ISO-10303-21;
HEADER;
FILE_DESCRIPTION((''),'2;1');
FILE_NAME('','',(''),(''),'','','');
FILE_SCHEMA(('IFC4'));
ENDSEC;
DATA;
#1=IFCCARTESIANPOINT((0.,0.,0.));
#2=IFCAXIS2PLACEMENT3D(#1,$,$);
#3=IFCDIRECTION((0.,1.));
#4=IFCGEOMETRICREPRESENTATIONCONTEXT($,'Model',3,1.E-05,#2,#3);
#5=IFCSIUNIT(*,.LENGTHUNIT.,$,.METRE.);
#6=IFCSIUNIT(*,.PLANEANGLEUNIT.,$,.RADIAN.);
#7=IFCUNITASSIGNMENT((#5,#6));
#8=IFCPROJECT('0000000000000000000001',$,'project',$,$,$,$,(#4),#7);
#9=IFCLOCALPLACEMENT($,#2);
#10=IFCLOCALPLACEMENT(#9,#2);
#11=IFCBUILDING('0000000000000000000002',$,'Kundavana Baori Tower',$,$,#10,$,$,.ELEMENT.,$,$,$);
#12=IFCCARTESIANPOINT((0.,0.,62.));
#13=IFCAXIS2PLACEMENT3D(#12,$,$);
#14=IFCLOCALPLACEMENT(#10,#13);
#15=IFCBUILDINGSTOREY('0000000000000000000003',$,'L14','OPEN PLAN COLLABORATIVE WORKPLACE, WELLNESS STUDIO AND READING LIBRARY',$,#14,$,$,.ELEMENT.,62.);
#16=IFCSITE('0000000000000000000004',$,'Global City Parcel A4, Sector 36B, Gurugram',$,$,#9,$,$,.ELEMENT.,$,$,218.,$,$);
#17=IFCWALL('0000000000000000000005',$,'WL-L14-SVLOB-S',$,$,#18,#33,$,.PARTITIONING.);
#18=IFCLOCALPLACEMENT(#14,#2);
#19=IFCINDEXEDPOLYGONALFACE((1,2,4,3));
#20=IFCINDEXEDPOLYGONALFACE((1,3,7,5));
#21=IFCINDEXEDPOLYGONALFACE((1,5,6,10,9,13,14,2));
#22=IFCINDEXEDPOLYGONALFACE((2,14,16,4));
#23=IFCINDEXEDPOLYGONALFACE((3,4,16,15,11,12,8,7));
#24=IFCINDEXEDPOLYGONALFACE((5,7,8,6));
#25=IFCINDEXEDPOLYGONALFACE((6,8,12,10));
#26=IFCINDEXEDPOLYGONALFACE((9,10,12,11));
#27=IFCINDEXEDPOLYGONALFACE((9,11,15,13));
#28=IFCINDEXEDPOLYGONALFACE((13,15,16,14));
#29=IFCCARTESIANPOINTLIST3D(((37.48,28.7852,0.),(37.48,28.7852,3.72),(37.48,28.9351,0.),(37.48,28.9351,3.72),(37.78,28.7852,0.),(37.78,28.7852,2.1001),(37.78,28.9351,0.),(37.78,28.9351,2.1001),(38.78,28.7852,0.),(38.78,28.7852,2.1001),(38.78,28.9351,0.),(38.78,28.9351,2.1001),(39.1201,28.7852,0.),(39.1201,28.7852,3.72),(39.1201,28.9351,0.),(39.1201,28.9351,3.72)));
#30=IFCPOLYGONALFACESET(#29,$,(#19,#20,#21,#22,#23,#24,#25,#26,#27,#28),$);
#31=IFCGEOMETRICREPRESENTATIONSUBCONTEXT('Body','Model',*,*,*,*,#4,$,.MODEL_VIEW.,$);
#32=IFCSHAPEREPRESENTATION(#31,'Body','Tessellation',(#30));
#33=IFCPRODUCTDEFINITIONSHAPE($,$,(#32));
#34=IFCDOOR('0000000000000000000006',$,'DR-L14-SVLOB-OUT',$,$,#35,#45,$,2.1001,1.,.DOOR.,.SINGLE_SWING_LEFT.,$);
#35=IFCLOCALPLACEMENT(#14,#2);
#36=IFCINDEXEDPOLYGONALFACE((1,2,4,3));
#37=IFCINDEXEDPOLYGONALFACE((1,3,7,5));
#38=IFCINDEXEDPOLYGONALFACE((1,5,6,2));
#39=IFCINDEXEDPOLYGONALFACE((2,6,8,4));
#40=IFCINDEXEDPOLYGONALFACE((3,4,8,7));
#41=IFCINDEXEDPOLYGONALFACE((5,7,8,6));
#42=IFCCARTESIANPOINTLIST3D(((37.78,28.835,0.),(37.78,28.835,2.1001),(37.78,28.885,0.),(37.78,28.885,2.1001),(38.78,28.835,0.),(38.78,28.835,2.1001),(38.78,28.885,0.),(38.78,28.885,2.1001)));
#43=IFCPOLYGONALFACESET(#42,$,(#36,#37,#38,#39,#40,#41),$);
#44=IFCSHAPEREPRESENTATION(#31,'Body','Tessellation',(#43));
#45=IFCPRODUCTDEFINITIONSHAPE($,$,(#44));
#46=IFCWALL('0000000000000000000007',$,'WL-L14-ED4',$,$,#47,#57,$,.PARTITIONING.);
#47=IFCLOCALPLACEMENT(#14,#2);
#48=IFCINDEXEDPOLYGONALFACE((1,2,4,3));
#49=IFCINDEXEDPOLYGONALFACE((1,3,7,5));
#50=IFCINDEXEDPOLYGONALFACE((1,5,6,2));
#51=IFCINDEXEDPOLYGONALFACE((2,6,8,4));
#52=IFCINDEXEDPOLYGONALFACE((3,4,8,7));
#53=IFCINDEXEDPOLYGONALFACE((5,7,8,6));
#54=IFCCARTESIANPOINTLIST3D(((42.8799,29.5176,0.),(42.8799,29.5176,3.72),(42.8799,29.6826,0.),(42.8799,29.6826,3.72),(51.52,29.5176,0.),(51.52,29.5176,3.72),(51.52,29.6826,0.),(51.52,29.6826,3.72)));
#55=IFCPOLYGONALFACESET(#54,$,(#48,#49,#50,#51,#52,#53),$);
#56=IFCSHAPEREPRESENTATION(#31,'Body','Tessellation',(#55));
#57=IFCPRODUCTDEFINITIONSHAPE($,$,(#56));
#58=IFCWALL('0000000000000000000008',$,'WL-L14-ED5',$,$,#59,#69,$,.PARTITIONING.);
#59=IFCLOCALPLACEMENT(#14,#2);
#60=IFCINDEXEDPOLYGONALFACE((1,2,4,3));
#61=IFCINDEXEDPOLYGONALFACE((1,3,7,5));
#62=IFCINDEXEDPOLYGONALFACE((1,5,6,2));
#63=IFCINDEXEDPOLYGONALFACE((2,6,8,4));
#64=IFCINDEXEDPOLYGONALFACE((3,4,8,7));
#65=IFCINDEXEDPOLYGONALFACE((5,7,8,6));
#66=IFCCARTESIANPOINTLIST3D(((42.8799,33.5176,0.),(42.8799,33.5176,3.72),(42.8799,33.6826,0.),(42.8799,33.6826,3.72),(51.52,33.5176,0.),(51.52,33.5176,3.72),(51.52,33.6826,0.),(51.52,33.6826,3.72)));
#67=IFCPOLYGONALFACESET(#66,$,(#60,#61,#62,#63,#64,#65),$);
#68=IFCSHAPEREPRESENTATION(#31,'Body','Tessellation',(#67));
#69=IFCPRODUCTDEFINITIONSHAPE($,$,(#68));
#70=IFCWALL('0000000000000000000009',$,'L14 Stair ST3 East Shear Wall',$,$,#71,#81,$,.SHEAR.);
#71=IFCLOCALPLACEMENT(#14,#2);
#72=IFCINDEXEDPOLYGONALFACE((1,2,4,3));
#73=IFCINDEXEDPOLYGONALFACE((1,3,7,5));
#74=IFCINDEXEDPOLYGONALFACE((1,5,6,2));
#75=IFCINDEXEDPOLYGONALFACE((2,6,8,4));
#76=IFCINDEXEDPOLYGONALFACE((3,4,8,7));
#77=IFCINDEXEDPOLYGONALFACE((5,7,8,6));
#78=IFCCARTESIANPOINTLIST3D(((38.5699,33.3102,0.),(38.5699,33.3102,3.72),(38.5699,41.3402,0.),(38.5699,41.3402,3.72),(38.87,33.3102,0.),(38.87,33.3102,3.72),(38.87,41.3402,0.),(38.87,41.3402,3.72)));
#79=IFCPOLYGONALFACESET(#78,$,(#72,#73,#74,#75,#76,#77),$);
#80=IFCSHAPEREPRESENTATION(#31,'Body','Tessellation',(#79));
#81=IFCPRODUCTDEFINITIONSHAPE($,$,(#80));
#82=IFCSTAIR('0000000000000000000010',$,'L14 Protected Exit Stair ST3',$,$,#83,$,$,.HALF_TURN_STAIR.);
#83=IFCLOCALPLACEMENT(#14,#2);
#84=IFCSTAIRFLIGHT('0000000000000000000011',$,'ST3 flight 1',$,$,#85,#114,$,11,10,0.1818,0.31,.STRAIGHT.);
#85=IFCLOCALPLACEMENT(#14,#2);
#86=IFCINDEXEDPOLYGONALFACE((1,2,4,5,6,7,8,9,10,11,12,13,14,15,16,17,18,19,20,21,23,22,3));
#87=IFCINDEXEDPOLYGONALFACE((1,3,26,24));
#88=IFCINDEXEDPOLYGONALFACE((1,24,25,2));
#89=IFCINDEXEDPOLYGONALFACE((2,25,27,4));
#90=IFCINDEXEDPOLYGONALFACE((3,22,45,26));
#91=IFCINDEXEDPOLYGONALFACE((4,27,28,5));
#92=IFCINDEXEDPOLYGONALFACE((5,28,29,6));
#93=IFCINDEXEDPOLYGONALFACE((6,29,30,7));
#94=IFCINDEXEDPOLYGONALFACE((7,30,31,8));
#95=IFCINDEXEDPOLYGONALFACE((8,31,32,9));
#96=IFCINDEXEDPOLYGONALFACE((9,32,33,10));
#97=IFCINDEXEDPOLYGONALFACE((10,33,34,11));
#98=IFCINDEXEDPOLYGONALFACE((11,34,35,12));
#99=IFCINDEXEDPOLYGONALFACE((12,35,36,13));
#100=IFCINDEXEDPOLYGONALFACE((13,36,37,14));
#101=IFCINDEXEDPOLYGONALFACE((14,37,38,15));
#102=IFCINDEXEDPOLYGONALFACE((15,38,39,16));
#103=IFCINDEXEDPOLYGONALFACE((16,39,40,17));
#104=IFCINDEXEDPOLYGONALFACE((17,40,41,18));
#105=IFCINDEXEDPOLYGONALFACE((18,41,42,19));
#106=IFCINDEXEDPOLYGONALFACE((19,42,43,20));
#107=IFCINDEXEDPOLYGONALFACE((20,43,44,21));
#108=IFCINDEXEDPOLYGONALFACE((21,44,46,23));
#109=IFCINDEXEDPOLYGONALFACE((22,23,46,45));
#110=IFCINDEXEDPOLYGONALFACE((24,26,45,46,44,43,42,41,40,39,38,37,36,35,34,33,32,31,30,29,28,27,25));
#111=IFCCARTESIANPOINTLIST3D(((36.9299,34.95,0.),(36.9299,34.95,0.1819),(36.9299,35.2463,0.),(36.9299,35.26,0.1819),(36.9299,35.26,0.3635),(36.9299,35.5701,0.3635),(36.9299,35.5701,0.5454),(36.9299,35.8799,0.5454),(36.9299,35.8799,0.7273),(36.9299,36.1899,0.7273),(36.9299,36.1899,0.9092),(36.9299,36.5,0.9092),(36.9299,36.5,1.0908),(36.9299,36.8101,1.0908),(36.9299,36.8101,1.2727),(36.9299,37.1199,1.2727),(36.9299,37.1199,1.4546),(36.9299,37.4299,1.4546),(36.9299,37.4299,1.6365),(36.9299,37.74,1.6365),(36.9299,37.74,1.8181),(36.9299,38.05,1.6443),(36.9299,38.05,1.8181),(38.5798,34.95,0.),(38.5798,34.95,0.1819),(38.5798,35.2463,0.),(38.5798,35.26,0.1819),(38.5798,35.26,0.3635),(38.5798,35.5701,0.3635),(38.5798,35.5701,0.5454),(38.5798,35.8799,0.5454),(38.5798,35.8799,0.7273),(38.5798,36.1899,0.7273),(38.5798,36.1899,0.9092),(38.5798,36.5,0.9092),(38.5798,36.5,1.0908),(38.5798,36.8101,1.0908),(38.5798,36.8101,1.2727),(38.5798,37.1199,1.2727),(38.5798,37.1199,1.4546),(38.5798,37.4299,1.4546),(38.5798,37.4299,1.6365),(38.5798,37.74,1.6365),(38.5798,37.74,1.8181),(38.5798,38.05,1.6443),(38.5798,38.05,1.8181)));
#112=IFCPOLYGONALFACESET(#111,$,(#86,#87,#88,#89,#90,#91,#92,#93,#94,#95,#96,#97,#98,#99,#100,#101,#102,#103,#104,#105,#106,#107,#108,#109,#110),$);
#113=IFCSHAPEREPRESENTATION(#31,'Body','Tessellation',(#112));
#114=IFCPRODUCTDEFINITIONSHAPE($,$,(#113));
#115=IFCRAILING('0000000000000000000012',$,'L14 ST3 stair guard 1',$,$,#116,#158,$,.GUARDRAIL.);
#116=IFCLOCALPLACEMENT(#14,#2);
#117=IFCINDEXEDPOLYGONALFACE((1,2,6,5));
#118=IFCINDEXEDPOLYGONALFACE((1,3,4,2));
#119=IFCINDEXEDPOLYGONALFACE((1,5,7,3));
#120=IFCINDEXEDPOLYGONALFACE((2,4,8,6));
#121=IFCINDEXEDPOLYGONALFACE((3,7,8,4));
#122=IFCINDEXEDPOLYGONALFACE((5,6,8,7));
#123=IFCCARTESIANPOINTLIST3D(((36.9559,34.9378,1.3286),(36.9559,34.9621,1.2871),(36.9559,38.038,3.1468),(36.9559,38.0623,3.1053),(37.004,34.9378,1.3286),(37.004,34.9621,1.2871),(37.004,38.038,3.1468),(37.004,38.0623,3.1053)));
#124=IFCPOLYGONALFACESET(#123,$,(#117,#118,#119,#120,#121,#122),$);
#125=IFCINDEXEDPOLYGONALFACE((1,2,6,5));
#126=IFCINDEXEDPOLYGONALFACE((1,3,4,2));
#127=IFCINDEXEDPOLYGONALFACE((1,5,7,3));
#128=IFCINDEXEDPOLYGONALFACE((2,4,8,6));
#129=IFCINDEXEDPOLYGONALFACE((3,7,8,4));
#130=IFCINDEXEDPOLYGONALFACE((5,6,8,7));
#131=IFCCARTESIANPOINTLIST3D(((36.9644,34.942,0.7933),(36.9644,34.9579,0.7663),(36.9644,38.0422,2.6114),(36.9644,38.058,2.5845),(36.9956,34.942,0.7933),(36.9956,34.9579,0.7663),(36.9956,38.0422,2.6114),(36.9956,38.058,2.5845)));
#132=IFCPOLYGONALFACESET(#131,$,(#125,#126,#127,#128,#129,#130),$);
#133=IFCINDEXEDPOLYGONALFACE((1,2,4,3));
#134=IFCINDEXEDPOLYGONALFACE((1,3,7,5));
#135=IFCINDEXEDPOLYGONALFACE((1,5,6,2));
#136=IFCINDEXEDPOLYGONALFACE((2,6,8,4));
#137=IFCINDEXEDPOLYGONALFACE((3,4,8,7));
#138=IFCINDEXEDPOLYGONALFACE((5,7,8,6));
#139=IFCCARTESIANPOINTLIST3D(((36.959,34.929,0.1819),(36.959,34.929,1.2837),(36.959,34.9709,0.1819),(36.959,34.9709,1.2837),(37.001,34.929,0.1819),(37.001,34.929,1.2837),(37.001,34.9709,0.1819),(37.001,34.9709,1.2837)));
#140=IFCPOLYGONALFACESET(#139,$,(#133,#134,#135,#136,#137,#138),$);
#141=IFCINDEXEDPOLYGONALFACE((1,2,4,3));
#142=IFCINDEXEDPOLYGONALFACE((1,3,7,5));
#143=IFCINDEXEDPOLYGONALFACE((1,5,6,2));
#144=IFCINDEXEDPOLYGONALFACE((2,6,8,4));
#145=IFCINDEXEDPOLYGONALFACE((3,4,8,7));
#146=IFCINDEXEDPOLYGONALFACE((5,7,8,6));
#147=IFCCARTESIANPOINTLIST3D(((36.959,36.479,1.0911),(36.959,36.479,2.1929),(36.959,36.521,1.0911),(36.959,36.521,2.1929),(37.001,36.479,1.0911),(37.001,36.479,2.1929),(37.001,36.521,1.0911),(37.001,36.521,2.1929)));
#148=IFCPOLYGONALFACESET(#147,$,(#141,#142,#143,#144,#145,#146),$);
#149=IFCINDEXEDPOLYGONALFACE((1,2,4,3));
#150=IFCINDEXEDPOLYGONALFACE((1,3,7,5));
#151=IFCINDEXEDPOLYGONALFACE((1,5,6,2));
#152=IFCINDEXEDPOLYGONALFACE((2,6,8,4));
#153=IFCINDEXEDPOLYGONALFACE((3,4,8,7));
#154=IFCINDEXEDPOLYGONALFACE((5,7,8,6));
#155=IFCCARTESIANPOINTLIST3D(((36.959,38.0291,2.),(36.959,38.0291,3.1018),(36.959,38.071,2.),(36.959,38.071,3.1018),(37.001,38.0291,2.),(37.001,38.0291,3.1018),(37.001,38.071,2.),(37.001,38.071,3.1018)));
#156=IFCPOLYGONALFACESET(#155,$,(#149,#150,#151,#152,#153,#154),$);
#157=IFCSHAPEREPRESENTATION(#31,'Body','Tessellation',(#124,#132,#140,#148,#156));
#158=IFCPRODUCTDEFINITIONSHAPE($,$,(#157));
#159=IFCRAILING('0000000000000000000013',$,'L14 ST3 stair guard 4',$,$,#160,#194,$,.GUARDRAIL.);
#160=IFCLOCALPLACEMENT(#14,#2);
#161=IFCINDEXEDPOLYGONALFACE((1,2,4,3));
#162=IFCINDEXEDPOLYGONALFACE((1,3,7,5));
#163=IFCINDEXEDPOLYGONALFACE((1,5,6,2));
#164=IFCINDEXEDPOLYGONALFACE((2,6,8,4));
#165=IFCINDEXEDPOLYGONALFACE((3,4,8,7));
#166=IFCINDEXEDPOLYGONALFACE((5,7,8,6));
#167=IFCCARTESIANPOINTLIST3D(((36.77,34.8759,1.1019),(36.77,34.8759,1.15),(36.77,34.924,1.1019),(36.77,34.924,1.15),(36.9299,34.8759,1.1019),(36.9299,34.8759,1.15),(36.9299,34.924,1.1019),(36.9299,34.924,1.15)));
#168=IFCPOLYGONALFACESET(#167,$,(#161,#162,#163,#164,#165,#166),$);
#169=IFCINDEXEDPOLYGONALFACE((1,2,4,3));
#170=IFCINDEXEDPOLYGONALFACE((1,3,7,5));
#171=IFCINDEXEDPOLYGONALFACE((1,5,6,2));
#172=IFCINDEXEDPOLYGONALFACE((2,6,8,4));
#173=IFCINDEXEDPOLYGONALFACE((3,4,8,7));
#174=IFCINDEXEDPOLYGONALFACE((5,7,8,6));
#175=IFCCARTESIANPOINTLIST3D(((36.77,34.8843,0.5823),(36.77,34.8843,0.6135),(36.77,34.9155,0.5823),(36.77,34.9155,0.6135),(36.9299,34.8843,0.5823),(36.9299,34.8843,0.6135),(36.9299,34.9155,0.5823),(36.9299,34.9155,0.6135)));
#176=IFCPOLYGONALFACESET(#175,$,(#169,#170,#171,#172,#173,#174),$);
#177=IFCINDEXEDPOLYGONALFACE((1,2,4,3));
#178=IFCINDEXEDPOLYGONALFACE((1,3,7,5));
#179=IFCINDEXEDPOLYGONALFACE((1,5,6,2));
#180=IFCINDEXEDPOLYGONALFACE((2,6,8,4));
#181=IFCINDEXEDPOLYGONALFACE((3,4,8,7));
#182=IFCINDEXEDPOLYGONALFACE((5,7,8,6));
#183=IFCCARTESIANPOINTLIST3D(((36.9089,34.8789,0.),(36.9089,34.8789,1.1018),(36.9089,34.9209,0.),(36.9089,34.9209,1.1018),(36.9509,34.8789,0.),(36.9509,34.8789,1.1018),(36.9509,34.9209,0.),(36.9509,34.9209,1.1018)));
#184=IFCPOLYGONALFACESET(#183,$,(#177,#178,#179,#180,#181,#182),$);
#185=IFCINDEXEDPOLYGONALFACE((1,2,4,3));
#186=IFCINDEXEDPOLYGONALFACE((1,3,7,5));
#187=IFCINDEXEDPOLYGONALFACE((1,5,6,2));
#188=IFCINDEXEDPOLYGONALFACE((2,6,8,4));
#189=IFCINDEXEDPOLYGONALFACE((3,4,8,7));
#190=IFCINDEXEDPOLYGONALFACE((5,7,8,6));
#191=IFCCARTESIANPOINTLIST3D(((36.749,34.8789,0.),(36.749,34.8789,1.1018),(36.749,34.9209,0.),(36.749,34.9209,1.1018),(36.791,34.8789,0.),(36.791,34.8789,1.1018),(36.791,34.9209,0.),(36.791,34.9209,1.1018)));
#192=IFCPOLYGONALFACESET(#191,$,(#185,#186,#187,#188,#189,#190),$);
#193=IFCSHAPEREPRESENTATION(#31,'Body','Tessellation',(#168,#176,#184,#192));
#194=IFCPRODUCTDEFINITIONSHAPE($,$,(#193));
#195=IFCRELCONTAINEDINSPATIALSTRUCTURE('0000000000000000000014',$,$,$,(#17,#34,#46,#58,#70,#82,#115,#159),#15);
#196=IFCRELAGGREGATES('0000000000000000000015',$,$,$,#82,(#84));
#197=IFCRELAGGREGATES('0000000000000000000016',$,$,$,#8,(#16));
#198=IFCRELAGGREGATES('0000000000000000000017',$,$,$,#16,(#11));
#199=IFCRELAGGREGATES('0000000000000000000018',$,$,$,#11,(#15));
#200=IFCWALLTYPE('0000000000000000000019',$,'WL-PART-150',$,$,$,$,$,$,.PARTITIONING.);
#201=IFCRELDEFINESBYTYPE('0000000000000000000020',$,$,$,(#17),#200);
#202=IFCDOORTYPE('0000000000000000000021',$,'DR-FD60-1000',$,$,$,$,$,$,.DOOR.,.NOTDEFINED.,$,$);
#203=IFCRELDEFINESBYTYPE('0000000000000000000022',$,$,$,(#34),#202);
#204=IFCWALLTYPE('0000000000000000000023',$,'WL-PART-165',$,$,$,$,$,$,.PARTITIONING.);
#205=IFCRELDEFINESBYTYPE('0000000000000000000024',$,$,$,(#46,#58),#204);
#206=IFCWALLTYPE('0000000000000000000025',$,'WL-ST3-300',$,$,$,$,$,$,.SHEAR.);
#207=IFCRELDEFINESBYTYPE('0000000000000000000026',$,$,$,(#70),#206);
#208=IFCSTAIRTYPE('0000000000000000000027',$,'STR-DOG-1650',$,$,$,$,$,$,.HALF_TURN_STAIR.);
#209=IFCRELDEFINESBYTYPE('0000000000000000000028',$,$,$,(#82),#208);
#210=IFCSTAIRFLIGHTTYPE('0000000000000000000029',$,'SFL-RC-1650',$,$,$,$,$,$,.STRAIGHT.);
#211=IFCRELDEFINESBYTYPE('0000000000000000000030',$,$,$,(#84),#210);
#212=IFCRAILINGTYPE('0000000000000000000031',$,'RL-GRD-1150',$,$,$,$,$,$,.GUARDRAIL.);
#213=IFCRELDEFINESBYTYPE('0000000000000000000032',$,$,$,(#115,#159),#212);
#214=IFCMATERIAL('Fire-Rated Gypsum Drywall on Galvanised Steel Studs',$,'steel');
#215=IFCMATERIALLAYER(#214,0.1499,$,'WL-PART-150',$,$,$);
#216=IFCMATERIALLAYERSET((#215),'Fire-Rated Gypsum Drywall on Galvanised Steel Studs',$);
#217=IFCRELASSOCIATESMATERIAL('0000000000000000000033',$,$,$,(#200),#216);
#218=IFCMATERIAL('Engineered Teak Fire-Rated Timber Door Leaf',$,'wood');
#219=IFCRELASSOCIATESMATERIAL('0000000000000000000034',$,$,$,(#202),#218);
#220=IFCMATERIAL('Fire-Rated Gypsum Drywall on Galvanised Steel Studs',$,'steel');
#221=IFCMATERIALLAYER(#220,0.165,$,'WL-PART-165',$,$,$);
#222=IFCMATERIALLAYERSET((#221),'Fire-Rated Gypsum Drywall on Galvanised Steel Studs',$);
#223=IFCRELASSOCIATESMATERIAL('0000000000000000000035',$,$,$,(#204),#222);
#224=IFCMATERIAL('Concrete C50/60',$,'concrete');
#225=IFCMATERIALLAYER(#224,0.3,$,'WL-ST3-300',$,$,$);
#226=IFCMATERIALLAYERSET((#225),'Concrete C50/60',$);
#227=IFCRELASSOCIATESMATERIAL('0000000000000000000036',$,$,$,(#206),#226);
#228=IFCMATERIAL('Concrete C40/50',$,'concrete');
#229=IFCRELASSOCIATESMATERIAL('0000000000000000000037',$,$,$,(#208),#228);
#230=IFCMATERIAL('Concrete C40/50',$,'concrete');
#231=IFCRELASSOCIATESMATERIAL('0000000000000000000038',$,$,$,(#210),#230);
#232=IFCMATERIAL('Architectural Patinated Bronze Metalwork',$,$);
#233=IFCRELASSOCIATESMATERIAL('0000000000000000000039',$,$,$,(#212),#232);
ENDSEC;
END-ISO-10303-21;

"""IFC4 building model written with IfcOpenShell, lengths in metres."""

from ifc_helpers import new_model, si_unit, direction, frame, frame_2d, origin, origin_2d, place, context, subcontext, project, spatial, polyline, rectangle, outline, extrude, material, layer, layer_set, type_object, element, fill, aggregate, save


model = new_model("IFC4")

# Units and contexts
model_context = context("Model", 3, precision=1e-05, world=origin(), true_north=direction((0.0, 1.0)))
body_context = subcontext(model_context, "Body", "Model", "MODEL_VIEW")
ifc_project = project(units=[si_unit("LENGTHUNIT", "METRE"), si_unit("PLANEANGLEUNIT", "RADIAN")], contexts=[model_context])

# Site, building, storey
site_placement = place(None, origin())
site = spatial("IfcSite", under=ifc_project, at=site_placement, Name="Global City Parcel A4, Sector 36B, Gurugram", CompositionType="ELEMENT", RefElevation=218.0)
building_placement = place(site_placement, origin())
building = spatial("IfcBuilding", under=site, at=building_placement, Name="Kundavana Baori Tower", CompositionType="ELEMENT")
storey_placement = place(building_placement, frame((0.0, 0.0, 62.0)))
storey = spatial("IfcBuildingStorey", under=building, at=storey_placement, Name="L14", Description="OPEN PLAN COLLABORATIVE WORKPLACE, WELLNESS STUDIO AND READING LIBRARY", CompositionType="ELEMENT", Elevation=62.0)

# Shared definitions
ifc_material_1 = material(Name="Fire-Rated Gypsum Drywall on Galvanised Steel Studs", Category="steel")
ifc_layer_1 = layer(ifc_material_1, 0.1499, Name="WL-PART-150")
ifc_layer_set_1 = layer_set([ifc_layer_1], Name="Fire-Rated Gypsum Drywall on Galvanised Steel Studs")
wall_type_1 = type_object("IfcWallType", Name="WL-PART-150", PredefinedType="PARTITIONING", material=ifc_layer_set_1)

# Wall, opening, door
wall_1_placement = place(storey_placement, frame((37.48, 28.8601, 0.0), z_axis=(0.0, 0.0, 1.0), x_axis=(1.0, 0.0, 0.0)))
wall_1 = element("IfcWall", 1, at=wall_1_placement, inside=storey, type_object=wall_type_1, Name="WL-L14-SVLOB-S", PredefinedType="PARTITIONING", context=body_context, shape_type="SweptSolid", body=[
    extrude(rectangle(XDim=1.6401, YDim=0.1499, at=frame_2d((0.8201, 0.0))), origin(), (0.0, 0.0, 1.0), 3.72),
])
opening_1_placement = place(wall_1_placement, frame((0.3, 0.0, 0.0)))
opening_1 = element("IfcOpeningElement", 2, at=opening_1_placement, cuts=wall_1, PredefinedType="OPENING", context=body_context, shape_type="SweptSolid", body=[
    extrude(rectangle(XDim=1.0, YDim=2.1001, at=frame_2d((0.5, 1.05))), frame((0.0, 0.085, 0.0), z_axis=(0.0, -1.0, 0.0), x_axis=(1.0, 0.0, 0.0)), (0.0, 0.0, 1.0), 0.1699),
])
ifc_material_2 = material(Name="Engineered Teak Fire-Rated Timber Door Leaf", Category="wood")
door_type_1 = type_object("IfcDoorType", Name="DR-FD60-1000", OperationType="NOTDEFINED", PredefinedType="DOOR", material=ifc_material_2)
door_1_placement = place(opening_1_placement, origin())
door_1 = element("IfcDoor", 3, at=door_1_placement, inside=storey, type_object=door_type_1, Name="DR-L14-SVLOB-OUT", OperationType="SINGLE_SWING_LEFT", OverallHeight=2.1001, OverallWidth=1.0, PredefinedType="DOOR", context=body_context, shape_type="SweptSolid", body=[
    extrude(rectangle(XDim=1.0, YDim=2.1001, at=frame_2d((0.5, 1.05))), frame((0.0, 0.0249, 0.0), z_axis=(0.0, -1.0, 0.0), x_axis=(1.0, 0.0, 0.0)), (0.0, 0.0, 1.0), 0.05),
])
fill(opening_1, door_1)

# Walls
ifc_material_3 = material(Name="Fire-Rated Gypsum Drywall on Galvanised Steel Studs", Category="steel")
ifc_layer_2 = layer(ifc_material_3, 0.165, Name="WL-PART-165")
ifc_layer_set_2 = layer_set([ifc_layer_2], Name="Fire-Rated Gypsum Drywall on Galvanised Steel Studs")
wall_type_2 = type_object("IfcWallType", Name="WL-PART-165", PredefinedType="PARTITIONING", material=ifc_layer_set_2)
for number, where, z_axis, x_axis, name in (
    (4, (42.8799, 29.6001, 0.0), (0.0, 0.0, 1.0), (1.0, 0.0, 0.0), "WL-L14-ED4"),
    (5, (42.8799, 33.6001, 0.0), (0.0, 0.0, 1.0), (1.0, 0.0, 0.0), "WL-L14-ED5"),
):
    element("IfcWall", number, at=place(storey_placement, frame(where, z_axis=z_axis, x_axis=x_axis)), inside=storey, type_object=wall_type_2, Name=name, PredefinedType="PARTITIONING", context=body_context, shape_type="SweptSolid", body=[
        extrude(rectangle(XDim=8.6401, YDim=0.165, at=frame_2d((4.3201, 0.0))), origin(), (0.0, 0.0, 1.0), 3.72),
    ])

# Wall
ifc_material_4 = material(Name="Concrete C50/60", Category="concrete")
ifc_layer_3 = layer(ifc_material_4, 0.3, Name="WL-ST3-300")
ifc_layer_set_3 = layer_set([ifc_layer_3], Name="Concrete C50/60")
wall_type_3 = type_object("IfcWallType", Name="WL-ST3-300", PredefinedType="SHEAR", material=ifc_layer_set_3)
wall_2_placement = place(storey_placement, frame((38.72, 33.3101, 0.0), z_axis=(0.0, 0.0, 1.0), x_axis=(0.0, 1.0, 0.0)))
element("IfcWall", 6, at=wall_2_placement, inside=storey, type_object=wall_type_3, Name="L14 Stair ST3 East Shear Wall", PredefinedType="SHEAR", context=body_context, shape_type="SweptSolid", body=[
    extrude(rectangle(XDim=8.03, YDim=0.3, at=frame_2d((4.0151, 0.0))), origin(), (0.0, 0.0, 1.0), 3.72),
])

# Stair, stair flight
ifc_material_5 = material(Name="Concrete C40/50", Category="concrete")
stair_type = type_object("IfcStairType", Name="STR-DOG-1650", PredefinedType="HALF_TURN_STAIR", material=ifc_material_5)
stair_placement = place(storey_placement, origin())
stair = element("IfcStair", 7, at=stair_placement, inside=storey, type_object=stair_type, Name="L14 Protected Exit Stair ST3", PredefinedType="HALF_TURN_STAIR")
ifc_material_6 = material(Name="Concrete C40/50", Category="concrete")
stair_flight_type = type_object("IfcStairFlightType", Name="SFL-RC-1650", PredefinedType="STRAIGHT", material=ifc_material_6)
stair_flight_placement = place(storey_placement, frame((37.7549, 34.95, 0.0), z_axis=(0.0, 0.0, 1.0), x_axis=(0.0, 1.0, 0.0)))
stair_flight = element("IfcStairFlight", 8, at=stair_flight_placement, type_object=stair_flight_type, Name="ST3 flight 1", NumberOfRisers=11, NumberOfTreads=10, PredefinedType="STRAIGHT", RiserHeight=0.1818, TreadLength=0.31, context=body_context, shape_type="SweptSolid", body=[
    extrude(outline(polyline([(0.0, 0.0), (0.0, 0.1819), (0.3101, 0.1819), (0.3101, 0.3635), (0.6201, 0.3635), (0.6201, 0.5454), (0.9299, 0.5454), (0.9299, 0.7273), (1.24, 0.7273), (1.24, 0.9092), (1.55, 0.9092), (1.55, 1.0908), (1.8601, 1.0908), (1.8601, 1.2727), (2.1699, 1.2727), (2.1699, 1.4546), (2.48, 1.4546), (2.48, 1.6365), (2.79, 1.6365), (2.79, 1.8181), (3.1001, 1.8181), (3.1001, 2.0), (3.1001, 1.6443), (0.2964, 0.0), (0.0, 0.0)])), frame((0.0, 0.825, 0.0), z_axis=(0.0, -1.0, 0.0), x_axis=(1.0, 0.0, 0.0)), (0.0, 0.0, 1.0), 1.6499),
])
aggregate(stair, [stair_flight])

# Railings
ifc_material_7 = material(Name="Architectural Patinated Bronze Metalwork")
railing_type = type_object("IfcRailingType", Name="RL-GRD-1150", PredefinedType="GUARDRAIL", material=ifc_material_7)
railing_1_placement = place(storey_placement, frame((36.98, 34.95, 0.1819)))
element("IfcRailing", 9, at=railing_1_placement, inside=storey, type_object=railing_type, Name="L14 ST3 stair guard 1", PredefinedType="GUARDRAIL", context=body_context, shape_type="SweptSolid", body=[
    extrude(rectangle(XDim=0.0481, YDim=0.0481, at=origin_2d()), frame((0.0, 0.0, 1.126), z_axis=(0.0, 0.862599, 0.505889), x_axis=(-1.0, 0.0, 0.0)), (0.0, 0.0, 1.0), 3.594),
    extrude(rectangle(XDim=0.0312, YDim=0.0312, at=origin_2d()), frame((0.0, 0.0, 0.5979), z_axis=(0.0, 0.862599, 0.505889), x_axis=(-1.0, 0.0, 0.0)), (0.0, 0.0, 1.0), 3.594),
    extrude(rectangle(XDim=0.042, YDim=0.042, at=origin_2d()), origin(), (0.0, 0.0, 1.0), 1.1018),
    extrude(rectangle(XDim=0.042, YDim=0.042, at=origin_2d()), frame((0.0, 1.55, 0.9092)), (0.0, 0.0, 1.0), 1.1018),
    extrude(rectangle(XDim=0.042, YDim=0.042, at=origin_2d()), frame((0.0, 3.1001, 1.8181)), (0.0, 0.0, 1.0), 1.1018),
])
railing_2_placement = place(storey_placement, frame((36.9299, 34.8999, 0.0)))
element("IfcRailing", 10, at=railing_2_placement, inside=storey, type_object=railing_type, Name="L14 ST3 stair guard 4", PredefinedType="GUARDRAIL", context=body_context, shape_type="SweptSolid", body=[
    extrude(rectangle(XDim=0.0481, YDim=0.0481, at=origin_2d()), frame((0.0, 0.0, 1.126), z_axis=(-1.0, 0.0, 0.0), x_axis=(0.0, -1.0, 0.0)), (0.0, 0.0, 1.0), 0.1599),
    extrude(rectangle(XDim=0.0312, YDim=0.0312, at=origin_2d()), frame((0.0, 0.0, 0.5979), z_axis=(-1.0, 0.0, 0.0), x_axis=(0.0, -1.0, 0.0)), (0.0, 0.0, 1.0), 0.1599),
    extrude(rectangle(XDim=0.042, YDim=0.042, at=origin_2d()), origin(), (0.0, 0.0, 1.0), 1.1018),
    extrude(rectangle(XDim=0.042, YDim=0.042, at=origin_2d()), frame((-0.1599, 0.0, 0.0)), (0.0, 0.0, 1.0), 1.1018),
])

save(model, "model.ifc")
